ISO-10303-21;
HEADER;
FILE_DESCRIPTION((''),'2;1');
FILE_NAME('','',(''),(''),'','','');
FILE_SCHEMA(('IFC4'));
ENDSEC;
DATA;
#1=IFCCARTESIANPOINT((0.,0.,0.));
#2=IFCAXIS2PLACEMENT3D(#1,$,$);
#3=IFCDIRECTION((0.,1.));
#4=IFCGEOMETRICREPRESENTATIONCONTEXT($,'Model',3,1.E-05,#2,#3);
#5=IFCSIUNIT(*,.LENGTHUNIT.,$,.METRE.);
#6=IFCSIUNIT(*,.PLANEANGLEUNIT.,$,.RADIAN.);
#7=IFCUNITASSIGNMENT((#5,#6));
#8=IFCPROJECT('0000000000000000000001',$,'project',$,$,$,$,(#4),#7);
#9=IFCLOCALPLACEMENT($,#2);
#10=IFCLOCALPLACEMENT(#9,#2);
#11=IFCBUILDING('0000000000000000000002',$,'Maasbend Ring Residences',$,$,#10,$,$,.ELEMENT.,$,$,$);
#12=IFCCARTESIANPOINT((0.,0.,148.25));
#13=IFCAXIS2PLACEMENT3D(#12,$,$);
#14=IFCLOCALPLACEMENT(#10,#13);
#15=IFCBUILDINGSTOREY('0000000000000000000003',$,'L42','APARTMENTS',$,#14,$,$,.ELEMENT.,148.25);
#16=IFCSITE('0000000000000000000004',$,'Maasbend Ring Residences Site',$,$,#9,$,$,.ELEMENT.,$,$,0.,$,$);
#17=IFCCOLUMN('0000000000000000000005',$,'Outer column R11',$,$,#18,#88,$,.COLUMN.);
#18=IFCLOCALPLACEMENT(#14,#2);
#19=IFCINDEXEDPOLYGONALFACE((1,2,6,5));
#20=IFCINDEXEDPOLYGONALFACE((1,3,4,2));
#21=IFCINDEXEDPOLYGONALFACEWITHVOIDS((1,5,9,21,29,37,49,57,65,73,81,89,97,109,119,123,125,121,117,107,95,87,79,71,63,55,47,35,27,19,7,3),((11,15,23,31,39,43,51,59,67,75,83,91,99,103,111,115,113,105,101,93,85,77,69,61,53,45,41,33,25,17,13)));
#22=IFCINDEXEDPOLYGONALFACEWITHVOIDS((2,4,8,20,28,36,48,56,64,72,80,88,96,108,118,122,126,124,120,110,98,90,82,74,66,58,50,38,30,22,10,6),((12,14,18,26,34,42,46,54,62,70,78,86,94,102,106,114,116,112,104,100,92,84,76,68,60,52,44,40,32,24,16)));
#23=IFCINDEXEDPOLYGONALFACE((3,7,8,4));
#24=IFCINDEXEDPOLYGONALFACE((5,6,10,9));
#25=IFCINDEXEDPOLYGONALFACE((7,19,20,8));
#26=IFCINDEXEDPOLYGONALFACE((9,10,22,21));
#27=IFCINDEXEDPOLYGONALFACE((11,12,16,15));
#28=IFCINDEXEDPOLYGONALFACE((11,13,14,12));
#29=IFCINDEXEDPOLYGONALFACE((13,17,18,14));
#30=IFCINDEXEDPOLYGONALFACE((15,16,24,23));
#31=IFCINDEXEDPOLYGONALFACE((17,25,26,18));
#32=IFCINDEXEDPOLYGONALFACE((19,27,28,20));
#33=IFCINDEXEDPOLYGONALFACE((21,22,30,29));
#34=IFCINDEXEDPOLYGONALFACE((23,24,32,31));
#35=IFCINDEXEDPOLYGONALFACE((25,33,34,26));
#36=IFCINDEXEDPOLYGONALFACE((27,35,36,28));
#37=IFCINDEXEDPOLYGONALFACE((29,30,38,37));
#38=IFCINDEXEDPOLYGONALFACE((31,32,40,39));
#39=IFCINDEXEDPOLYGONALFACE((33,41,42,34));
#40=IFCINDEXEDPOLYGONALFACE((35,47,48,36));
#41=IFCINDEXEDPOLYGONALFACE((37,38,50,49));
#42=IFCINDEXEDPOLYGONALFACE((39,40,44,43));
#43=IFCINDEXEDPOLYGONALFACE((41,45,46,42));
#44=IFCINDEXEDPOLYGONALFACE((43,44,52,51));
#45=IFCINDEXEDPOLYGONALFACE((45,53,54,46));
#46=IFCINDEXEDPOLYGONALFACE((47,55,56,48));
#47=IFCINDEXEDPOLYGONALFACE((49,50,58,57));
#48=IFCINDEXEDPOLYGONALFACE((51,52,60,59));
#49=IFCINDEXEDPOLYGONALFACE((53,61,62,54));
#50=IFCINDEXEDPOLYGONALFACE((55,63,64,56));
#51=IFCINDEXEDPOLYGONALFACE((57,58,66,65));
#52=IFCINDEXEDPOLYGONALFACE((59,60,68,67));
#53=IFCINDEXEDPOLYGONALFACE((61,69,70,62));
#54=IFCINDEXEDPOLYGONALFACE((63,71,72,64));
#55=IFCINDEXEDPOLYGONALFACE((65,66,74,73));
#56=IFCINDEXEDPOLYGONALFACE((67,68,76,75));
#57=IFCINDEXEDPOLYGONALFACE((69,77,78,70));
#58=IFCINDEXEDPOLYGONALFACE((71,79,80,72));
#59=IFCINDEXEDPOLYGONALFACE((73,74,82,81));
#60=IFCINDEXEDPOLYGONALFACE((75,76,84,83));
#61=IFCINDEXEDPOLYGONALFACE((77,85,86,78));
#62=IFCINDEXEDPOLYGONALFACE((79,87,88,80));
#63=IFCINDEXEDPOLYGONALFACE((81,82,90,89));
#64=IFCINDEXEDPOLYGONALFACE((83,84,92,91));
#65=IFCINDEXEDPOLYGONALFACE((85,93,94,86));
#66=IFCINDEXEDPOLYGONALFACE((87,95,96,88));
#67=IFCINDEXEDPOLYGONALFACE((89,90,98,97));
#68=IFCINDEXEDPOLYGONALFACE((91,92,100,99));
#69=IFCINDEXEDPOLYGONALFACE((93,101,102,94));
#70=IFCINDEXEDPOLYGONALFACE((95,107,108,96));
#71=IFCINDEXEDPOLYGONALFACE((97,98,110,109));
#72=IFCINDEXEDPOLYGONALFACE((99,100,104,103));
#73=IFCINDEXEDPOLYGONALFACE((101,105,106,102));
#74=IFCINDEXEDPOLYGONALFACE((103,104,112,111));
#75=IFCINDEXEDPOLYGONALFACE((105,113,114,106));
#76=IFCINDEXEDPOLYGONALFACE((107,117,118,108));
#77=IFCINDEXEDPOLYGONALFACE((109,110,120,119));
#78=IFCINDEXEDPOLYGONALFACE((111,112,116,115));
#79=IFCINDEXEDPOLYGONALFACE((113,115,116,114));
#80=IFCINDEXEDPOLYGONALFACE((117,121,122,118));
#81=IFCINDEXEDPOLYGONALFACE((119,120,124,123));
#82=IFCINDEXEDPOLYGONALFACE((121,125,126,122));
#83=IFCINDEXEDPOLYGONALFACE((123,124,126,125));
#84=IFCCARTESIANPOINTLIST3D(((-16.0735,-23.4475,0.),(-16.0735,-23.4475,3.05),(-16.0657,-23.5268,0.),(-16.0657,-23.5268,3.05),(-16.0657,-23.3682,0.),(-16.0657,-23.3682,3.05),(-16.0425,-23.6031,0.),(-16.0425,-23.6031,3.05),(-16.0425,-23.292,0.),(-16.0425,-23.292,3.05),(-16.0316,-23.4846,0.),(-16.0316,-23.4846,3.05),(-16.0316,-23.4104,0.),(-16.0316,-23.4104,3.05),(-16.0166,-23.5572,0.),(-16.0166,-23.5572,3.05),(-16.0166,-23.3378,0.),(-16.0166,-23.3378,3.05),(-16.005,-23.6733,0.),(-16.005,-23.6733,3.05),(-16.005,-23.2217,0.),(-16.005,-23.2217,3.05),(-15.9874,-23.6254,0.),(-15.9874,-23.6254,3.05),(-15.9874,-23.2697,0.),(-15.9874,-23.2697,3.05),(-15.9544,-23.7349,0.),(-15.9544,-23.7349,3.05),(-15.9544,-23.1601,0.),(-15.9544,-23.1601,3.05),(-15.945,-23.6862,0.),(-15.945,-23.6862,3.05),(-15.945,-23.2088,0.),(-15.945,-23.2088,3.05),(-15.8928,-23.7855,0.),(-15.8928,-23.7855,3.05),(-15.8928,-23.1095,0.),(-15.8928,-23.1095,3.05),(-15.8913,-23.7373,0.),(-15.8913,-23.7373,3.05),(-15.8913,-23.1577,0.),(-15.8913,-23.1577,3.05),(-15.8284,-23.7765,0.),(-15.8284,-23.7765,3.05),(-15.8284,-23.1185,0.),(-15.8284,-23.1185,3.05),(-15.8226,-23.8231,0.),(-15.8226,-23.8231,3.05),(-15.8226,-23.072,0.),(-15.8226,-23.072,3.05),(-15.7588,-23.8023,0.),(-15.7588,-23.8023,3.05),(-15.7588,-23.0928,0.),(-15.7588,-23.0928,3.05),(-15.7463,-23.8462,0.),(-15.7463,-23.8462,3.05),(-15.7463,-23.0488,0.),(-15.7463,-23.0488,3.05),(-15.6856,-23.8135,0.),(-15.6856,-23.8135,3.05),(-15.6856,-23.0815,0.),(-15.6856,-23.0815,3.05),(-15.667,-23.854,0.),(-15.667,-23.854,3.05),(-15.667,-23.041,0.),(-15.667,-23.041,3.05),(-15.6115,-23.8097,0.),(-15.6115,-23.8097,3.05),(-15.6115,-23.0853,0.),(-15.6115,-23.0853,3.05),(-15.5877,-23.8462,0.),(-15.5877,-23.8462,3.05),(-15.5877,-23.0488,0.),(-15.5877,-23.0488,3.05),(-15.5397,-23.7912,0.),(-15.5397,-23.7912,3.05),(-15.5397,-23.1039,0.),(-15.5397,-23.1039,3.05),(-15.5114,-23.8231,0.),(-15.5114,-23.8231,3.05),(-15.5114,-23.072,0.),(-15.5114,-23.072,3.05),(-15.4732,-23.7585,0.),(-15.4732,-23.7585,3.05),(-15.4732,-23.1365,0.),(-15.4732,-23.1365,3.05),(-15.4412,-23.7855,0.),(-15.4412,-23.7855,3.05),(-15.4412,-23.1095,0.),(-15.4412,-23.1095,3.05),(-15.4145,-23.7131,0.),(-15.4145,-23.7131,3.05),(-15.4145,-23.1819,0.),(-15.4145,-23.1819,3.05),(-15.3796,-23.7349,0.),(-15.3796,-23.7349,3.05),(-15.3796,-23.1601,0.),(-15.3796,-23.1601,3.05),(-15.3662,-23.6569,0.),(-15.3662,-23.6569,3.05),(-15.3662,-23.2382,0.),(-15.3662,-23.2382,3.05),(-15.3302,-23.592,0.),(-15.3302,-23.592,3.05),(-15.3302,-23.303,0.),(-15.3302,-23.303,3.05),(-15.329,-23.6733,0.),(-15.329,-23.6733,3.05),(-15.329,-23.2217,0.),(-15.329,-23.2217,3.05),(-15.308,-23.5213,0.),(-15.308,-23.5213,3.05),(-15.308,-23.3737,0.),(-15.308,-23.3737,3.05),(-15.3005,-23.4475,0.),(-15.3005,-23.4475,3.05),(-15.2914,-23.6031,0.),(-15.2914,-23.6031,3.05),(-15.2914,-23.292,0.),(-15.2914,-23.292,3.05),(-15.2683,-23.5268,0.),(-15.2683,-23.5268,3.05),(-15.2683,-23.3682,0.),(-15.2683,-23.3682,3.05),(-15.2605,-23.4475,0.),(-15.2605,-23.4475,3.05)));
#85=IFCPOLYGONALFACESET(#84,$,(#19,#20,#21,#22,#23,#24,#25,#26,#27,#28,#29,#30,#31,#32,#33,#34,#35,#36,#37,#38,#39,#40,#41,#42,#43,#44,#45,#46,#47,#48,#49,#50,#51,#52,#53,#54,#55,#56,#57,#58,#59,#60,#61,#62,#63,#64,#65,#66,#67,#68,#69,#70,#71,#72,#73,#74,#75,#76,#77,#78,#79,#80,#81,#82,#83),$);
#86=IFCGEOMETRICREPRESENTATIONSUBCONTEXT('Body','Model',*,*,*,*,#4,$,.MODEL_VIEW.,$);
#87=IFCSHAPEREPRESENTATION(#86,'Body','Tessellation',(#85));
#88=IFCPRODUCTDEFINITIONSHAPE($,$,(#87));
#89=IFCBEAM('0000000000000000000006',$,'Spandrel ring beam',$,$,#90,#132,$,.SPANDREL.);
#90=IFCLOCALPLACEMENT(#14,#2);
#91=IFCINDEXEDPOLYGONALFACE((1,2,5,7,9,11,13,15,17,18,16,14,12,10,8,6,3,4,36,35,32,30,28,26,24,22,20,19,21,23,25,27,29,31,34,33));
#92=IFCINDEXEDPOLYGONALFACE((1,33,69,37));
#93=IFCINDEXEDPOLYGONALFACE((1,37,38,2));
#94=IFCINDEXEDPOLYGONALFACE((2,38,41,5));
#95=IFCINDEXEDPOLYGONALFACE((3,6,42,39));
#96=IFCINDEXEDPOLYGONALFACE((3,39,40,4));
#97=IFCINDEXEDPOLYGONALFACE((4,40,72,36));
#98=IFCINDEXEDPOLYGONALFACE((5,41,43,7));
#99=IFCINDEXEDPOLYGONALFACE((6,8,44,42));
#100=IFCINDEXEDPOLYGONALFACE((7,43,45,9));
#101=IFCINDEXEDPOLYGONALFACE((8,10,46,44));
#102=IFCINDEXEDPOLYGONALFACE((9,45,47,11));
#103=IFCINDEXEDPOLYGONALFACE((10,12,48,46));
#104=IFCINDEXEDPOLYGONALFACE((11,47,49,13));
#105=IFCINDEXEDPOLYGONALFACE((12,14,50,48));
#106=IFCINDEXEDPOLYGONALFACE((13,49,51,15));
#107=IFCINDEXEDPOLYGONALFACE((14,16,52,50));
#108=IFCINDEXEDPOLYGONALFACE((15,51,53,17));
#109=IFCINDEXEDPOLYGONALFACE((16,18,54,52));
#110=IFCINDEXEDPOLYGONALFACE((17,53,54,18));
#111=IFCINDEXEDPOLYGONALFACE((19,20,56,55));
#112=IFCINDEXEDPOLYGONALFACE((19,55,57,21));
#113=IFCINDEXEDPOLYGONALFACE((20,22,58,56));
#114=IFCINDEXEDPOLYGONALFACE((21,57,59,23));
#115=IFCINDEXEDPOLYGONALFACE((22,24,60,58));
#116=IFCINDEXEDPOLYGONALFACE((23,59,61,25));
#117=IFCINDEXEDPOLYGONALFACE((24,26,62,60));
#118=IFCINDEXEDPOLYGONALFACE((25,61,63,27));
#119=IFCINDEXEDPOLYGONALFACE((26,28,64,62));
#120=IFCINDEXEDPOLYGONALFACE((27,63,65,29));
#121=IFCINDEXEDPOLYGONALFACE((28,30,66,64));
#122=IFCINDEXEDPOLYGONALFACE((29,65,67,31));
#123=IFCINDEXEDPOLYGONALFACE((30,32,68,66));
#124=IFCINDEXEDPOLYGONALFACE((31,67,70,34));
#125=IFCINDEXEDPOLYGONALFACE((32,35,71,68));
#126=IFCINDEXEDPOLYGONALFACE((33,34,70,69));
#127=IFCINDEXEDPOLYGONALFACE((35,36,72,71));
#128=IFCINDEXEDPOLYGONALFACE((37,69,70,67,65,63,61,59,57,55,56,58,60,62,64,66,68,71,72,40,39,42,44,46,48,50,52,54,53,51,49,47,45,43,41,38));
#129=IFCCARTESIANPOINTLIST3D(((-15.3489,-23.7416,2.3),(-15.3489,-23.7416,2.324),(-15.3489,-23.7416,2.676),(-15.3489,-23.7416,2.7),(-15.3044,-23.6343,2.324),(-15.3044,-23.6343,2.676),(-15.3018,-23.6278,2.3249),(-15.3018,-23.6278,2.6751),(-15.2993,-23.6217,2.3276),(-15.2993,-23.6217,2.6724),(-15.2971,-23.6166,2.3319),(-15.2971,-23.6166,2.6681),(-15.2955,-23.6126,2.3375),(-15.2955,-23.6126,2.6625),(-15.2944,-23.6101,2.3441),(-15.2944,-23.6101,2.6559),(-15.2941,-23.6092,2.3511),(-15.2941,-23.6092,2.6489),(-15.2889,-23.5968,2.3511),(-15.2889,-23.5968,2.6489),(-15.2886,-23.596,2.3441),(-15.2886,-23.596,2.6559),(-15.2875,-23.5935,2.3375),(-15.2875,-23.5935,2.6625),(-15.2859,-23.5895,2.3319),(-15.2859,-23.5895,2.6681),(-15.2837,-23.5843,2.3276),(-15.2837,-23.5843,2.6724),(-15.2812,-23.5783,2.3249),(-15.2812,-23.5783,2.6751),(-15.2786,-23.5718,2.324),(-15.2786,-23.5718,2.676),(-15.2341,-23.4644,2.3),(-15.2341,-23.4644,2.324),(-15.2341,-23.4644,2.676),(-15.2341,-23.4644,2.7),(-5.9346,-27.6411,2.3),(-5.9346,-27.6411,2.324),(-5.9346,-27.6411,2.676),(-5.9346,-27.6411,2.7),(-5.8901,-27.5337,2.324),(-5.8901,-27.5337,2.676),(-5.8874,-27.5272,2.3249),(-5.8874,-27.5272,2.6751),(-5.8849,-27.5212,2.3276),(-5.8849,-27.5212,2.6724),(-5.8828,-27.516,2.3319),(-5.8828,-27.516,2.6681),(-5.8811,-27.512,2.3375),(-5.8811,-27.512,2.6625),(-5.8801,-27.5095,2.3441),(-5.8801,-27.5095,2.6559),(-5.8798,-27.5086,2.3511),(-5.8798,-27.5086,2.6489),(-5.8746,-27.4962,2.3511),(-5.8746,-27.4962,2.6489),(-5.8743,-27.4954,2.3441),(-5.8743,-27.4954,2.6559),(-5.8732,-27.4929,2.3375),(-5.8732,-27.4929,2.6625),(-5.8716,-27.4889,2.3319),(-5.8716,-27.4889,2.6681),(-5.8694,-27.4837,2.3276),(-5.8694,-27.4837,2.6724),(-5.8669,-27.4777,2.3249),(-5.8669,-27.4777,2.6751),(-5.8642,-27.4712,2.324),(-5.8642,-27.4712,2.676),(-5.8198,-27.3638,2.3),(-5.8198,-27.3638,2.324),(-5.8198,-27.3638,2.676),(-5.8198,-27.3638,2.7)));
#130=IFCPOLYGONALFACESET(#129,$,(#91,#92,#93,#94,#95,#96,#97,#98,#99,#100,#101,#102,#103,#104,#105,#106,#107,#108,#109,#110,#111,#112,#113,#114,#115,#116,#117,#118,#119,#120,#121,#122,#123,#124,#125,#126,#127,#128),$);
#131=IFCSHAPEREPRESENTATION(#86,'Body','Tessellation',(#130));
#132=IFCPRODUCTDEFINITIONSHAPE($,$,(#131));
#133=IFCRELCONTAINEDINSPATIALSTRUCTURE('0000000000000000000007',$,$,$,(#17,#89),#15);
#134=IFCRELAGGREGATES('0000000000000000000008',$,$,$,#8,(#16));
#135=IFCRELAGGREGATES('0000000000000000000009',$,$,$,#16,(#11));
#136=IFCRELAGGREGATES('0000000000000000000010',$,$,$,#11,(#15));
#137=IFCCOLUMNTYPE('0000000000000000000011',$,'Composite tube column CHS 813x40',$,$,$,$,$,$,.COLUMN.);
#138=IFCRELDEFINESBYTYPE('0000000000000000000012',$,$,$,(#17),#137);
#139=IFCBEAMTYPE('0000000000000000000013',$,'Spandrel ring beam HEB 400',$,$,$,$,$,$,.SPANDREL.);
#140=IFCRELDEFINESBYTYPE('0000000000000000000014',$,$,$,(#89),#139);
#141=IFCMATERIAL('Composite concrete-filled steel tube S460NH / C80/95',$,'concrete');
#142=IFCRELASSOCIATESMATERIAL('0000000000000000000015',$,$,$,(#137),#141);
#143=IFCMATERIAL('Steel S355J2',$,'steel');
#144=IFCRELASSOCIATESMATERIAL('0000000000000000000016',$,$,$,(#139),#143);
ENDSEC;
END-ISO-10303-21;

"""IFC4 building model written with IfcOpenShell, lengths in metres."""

from ifc_helpers import new_model, si_unit, direction, frame, origin, origin_2d, place, context, subcontext, project, spatial, hollow_circle, i_section, extrude, material, material_profile, profile_set, type_object, element, save


model = new_model("IFC4")

# Units and contexts
model_context = context("Model", 3, precision=1e-05, world=origin(), true_north=direction((0.0, 1.0)))
body_context = subcontext(model_context, "Body", "Model", "MODEL_VIEW")
ifc_project = project(units=[si_unit("LENGTHUNIT", "METRE"), si_unit("PLANEANGLEUNIT", "RADIAN")], contexts=[model_context])

# Site, building, storey
site_placement = place(None, origin())
site = spatial("IfcSite", under=ifc_project, at=site_placement, Name="Maasbend Ring Residences Site", CompositionType="ELEMENT", RefElevation=0.0)
building_placement = place(site_placement, origin())
building = spatial("IfcBuilding", under=site, at=building_placement, Name="Maasbend Ring Residences", CompositionType="ELEMENT")
storey_placement = place(building_placement, frame((0.0, 0.0, 148.25)))
storey = spatial("IfcBuildingStorey", under=building, at=storey_placement, Name="L42", Description="APARTMENTS", CompositionType="ELEMENT", Elevation=148.25)

# Column
ifc_material_1 = material(Name="Composite concrete-filled steel tube S460NH / C80/95", Category="concrete")
ifc_material_profile_1 = material_profile(ifc_material_1, hollow_circle(Radius=0.4065, WallThickness=0.04, at=origin_2d()), Name="Composite tube column CHS 813x40")
ifc_profile_set_1 = profile_set([ifc_material_profile_1], Name="Composite concrete-filled steel tube S460NH / C80/95")
column_type = type_object("IfcColumnType", Name="Composite tube column CHS 813x40", PredefinedType="COLUMN", material=ifc_profile_set_1)
column_placement = place(storey_placement, frame((-15.667, -23.4475, 0.0), z_axis=(0.0, 0.0, 1.0), x_axis=(1.0, 0.0, 0.0)))
element("IfcColumn", 1, at=column_placement, inside=storey, type_object=column_type, Name="Outer column R11", PredefinedType="COLUMN", context=body_context, shape_type="SweptSolid", body=[
    extrude(hollow_circle(Radius=0.4065, WallThickness=0.04, at=origin_2d()), origin(), (0.0, 0.0, 1.0), 3.05),
])

# Beam
ifc_material_2 = material(Name="Steel S355J2", Category="steel")
ifc_material_profile_2 = material_profile(ifc_material_2, i_section(OverallWidth=0.3, OverallDepth=0.3999, WebThickness=0.0134, FlangeThickness=0.0239, FilletRadius=0.0271, at=origin_2d()), Name="HEB 400")
ifc_profile_set_2 = profile_set([ifc_material_profile_2], Name="Steel S355J2")
beam_type = type_object("IfcBeamType", Name="Spandrel ring beam HEB 400", PredefinedType="SPANDREL", material=ifc_profile_set_2)
beam_placement = place(storey_placement, frame((-15.2915, -23.603, 2.5), z_axis=(0.923884, -0.382673, 0.0), x_axis=(0.382673, 0.923884, 0.0)))
element("IfcBeam", 2, at=beam_placement, inside=storey, type_object=beam_type, Name="Spandrel ring beam", PredefinedType="SPANDREL", context=body_context, shape_type="SweptSolid", body=[
    extrude(i_section(OverallWidth=0.3, OverallDepth=0.3999, WebThickness=0.0134, FlangeThickness=0.0239, FilletRadius=0.0271, at=origin_2d()), origin(), (0.0, 0.0, 1.0), 10.1899),
])

save(model, "model.ifc")
